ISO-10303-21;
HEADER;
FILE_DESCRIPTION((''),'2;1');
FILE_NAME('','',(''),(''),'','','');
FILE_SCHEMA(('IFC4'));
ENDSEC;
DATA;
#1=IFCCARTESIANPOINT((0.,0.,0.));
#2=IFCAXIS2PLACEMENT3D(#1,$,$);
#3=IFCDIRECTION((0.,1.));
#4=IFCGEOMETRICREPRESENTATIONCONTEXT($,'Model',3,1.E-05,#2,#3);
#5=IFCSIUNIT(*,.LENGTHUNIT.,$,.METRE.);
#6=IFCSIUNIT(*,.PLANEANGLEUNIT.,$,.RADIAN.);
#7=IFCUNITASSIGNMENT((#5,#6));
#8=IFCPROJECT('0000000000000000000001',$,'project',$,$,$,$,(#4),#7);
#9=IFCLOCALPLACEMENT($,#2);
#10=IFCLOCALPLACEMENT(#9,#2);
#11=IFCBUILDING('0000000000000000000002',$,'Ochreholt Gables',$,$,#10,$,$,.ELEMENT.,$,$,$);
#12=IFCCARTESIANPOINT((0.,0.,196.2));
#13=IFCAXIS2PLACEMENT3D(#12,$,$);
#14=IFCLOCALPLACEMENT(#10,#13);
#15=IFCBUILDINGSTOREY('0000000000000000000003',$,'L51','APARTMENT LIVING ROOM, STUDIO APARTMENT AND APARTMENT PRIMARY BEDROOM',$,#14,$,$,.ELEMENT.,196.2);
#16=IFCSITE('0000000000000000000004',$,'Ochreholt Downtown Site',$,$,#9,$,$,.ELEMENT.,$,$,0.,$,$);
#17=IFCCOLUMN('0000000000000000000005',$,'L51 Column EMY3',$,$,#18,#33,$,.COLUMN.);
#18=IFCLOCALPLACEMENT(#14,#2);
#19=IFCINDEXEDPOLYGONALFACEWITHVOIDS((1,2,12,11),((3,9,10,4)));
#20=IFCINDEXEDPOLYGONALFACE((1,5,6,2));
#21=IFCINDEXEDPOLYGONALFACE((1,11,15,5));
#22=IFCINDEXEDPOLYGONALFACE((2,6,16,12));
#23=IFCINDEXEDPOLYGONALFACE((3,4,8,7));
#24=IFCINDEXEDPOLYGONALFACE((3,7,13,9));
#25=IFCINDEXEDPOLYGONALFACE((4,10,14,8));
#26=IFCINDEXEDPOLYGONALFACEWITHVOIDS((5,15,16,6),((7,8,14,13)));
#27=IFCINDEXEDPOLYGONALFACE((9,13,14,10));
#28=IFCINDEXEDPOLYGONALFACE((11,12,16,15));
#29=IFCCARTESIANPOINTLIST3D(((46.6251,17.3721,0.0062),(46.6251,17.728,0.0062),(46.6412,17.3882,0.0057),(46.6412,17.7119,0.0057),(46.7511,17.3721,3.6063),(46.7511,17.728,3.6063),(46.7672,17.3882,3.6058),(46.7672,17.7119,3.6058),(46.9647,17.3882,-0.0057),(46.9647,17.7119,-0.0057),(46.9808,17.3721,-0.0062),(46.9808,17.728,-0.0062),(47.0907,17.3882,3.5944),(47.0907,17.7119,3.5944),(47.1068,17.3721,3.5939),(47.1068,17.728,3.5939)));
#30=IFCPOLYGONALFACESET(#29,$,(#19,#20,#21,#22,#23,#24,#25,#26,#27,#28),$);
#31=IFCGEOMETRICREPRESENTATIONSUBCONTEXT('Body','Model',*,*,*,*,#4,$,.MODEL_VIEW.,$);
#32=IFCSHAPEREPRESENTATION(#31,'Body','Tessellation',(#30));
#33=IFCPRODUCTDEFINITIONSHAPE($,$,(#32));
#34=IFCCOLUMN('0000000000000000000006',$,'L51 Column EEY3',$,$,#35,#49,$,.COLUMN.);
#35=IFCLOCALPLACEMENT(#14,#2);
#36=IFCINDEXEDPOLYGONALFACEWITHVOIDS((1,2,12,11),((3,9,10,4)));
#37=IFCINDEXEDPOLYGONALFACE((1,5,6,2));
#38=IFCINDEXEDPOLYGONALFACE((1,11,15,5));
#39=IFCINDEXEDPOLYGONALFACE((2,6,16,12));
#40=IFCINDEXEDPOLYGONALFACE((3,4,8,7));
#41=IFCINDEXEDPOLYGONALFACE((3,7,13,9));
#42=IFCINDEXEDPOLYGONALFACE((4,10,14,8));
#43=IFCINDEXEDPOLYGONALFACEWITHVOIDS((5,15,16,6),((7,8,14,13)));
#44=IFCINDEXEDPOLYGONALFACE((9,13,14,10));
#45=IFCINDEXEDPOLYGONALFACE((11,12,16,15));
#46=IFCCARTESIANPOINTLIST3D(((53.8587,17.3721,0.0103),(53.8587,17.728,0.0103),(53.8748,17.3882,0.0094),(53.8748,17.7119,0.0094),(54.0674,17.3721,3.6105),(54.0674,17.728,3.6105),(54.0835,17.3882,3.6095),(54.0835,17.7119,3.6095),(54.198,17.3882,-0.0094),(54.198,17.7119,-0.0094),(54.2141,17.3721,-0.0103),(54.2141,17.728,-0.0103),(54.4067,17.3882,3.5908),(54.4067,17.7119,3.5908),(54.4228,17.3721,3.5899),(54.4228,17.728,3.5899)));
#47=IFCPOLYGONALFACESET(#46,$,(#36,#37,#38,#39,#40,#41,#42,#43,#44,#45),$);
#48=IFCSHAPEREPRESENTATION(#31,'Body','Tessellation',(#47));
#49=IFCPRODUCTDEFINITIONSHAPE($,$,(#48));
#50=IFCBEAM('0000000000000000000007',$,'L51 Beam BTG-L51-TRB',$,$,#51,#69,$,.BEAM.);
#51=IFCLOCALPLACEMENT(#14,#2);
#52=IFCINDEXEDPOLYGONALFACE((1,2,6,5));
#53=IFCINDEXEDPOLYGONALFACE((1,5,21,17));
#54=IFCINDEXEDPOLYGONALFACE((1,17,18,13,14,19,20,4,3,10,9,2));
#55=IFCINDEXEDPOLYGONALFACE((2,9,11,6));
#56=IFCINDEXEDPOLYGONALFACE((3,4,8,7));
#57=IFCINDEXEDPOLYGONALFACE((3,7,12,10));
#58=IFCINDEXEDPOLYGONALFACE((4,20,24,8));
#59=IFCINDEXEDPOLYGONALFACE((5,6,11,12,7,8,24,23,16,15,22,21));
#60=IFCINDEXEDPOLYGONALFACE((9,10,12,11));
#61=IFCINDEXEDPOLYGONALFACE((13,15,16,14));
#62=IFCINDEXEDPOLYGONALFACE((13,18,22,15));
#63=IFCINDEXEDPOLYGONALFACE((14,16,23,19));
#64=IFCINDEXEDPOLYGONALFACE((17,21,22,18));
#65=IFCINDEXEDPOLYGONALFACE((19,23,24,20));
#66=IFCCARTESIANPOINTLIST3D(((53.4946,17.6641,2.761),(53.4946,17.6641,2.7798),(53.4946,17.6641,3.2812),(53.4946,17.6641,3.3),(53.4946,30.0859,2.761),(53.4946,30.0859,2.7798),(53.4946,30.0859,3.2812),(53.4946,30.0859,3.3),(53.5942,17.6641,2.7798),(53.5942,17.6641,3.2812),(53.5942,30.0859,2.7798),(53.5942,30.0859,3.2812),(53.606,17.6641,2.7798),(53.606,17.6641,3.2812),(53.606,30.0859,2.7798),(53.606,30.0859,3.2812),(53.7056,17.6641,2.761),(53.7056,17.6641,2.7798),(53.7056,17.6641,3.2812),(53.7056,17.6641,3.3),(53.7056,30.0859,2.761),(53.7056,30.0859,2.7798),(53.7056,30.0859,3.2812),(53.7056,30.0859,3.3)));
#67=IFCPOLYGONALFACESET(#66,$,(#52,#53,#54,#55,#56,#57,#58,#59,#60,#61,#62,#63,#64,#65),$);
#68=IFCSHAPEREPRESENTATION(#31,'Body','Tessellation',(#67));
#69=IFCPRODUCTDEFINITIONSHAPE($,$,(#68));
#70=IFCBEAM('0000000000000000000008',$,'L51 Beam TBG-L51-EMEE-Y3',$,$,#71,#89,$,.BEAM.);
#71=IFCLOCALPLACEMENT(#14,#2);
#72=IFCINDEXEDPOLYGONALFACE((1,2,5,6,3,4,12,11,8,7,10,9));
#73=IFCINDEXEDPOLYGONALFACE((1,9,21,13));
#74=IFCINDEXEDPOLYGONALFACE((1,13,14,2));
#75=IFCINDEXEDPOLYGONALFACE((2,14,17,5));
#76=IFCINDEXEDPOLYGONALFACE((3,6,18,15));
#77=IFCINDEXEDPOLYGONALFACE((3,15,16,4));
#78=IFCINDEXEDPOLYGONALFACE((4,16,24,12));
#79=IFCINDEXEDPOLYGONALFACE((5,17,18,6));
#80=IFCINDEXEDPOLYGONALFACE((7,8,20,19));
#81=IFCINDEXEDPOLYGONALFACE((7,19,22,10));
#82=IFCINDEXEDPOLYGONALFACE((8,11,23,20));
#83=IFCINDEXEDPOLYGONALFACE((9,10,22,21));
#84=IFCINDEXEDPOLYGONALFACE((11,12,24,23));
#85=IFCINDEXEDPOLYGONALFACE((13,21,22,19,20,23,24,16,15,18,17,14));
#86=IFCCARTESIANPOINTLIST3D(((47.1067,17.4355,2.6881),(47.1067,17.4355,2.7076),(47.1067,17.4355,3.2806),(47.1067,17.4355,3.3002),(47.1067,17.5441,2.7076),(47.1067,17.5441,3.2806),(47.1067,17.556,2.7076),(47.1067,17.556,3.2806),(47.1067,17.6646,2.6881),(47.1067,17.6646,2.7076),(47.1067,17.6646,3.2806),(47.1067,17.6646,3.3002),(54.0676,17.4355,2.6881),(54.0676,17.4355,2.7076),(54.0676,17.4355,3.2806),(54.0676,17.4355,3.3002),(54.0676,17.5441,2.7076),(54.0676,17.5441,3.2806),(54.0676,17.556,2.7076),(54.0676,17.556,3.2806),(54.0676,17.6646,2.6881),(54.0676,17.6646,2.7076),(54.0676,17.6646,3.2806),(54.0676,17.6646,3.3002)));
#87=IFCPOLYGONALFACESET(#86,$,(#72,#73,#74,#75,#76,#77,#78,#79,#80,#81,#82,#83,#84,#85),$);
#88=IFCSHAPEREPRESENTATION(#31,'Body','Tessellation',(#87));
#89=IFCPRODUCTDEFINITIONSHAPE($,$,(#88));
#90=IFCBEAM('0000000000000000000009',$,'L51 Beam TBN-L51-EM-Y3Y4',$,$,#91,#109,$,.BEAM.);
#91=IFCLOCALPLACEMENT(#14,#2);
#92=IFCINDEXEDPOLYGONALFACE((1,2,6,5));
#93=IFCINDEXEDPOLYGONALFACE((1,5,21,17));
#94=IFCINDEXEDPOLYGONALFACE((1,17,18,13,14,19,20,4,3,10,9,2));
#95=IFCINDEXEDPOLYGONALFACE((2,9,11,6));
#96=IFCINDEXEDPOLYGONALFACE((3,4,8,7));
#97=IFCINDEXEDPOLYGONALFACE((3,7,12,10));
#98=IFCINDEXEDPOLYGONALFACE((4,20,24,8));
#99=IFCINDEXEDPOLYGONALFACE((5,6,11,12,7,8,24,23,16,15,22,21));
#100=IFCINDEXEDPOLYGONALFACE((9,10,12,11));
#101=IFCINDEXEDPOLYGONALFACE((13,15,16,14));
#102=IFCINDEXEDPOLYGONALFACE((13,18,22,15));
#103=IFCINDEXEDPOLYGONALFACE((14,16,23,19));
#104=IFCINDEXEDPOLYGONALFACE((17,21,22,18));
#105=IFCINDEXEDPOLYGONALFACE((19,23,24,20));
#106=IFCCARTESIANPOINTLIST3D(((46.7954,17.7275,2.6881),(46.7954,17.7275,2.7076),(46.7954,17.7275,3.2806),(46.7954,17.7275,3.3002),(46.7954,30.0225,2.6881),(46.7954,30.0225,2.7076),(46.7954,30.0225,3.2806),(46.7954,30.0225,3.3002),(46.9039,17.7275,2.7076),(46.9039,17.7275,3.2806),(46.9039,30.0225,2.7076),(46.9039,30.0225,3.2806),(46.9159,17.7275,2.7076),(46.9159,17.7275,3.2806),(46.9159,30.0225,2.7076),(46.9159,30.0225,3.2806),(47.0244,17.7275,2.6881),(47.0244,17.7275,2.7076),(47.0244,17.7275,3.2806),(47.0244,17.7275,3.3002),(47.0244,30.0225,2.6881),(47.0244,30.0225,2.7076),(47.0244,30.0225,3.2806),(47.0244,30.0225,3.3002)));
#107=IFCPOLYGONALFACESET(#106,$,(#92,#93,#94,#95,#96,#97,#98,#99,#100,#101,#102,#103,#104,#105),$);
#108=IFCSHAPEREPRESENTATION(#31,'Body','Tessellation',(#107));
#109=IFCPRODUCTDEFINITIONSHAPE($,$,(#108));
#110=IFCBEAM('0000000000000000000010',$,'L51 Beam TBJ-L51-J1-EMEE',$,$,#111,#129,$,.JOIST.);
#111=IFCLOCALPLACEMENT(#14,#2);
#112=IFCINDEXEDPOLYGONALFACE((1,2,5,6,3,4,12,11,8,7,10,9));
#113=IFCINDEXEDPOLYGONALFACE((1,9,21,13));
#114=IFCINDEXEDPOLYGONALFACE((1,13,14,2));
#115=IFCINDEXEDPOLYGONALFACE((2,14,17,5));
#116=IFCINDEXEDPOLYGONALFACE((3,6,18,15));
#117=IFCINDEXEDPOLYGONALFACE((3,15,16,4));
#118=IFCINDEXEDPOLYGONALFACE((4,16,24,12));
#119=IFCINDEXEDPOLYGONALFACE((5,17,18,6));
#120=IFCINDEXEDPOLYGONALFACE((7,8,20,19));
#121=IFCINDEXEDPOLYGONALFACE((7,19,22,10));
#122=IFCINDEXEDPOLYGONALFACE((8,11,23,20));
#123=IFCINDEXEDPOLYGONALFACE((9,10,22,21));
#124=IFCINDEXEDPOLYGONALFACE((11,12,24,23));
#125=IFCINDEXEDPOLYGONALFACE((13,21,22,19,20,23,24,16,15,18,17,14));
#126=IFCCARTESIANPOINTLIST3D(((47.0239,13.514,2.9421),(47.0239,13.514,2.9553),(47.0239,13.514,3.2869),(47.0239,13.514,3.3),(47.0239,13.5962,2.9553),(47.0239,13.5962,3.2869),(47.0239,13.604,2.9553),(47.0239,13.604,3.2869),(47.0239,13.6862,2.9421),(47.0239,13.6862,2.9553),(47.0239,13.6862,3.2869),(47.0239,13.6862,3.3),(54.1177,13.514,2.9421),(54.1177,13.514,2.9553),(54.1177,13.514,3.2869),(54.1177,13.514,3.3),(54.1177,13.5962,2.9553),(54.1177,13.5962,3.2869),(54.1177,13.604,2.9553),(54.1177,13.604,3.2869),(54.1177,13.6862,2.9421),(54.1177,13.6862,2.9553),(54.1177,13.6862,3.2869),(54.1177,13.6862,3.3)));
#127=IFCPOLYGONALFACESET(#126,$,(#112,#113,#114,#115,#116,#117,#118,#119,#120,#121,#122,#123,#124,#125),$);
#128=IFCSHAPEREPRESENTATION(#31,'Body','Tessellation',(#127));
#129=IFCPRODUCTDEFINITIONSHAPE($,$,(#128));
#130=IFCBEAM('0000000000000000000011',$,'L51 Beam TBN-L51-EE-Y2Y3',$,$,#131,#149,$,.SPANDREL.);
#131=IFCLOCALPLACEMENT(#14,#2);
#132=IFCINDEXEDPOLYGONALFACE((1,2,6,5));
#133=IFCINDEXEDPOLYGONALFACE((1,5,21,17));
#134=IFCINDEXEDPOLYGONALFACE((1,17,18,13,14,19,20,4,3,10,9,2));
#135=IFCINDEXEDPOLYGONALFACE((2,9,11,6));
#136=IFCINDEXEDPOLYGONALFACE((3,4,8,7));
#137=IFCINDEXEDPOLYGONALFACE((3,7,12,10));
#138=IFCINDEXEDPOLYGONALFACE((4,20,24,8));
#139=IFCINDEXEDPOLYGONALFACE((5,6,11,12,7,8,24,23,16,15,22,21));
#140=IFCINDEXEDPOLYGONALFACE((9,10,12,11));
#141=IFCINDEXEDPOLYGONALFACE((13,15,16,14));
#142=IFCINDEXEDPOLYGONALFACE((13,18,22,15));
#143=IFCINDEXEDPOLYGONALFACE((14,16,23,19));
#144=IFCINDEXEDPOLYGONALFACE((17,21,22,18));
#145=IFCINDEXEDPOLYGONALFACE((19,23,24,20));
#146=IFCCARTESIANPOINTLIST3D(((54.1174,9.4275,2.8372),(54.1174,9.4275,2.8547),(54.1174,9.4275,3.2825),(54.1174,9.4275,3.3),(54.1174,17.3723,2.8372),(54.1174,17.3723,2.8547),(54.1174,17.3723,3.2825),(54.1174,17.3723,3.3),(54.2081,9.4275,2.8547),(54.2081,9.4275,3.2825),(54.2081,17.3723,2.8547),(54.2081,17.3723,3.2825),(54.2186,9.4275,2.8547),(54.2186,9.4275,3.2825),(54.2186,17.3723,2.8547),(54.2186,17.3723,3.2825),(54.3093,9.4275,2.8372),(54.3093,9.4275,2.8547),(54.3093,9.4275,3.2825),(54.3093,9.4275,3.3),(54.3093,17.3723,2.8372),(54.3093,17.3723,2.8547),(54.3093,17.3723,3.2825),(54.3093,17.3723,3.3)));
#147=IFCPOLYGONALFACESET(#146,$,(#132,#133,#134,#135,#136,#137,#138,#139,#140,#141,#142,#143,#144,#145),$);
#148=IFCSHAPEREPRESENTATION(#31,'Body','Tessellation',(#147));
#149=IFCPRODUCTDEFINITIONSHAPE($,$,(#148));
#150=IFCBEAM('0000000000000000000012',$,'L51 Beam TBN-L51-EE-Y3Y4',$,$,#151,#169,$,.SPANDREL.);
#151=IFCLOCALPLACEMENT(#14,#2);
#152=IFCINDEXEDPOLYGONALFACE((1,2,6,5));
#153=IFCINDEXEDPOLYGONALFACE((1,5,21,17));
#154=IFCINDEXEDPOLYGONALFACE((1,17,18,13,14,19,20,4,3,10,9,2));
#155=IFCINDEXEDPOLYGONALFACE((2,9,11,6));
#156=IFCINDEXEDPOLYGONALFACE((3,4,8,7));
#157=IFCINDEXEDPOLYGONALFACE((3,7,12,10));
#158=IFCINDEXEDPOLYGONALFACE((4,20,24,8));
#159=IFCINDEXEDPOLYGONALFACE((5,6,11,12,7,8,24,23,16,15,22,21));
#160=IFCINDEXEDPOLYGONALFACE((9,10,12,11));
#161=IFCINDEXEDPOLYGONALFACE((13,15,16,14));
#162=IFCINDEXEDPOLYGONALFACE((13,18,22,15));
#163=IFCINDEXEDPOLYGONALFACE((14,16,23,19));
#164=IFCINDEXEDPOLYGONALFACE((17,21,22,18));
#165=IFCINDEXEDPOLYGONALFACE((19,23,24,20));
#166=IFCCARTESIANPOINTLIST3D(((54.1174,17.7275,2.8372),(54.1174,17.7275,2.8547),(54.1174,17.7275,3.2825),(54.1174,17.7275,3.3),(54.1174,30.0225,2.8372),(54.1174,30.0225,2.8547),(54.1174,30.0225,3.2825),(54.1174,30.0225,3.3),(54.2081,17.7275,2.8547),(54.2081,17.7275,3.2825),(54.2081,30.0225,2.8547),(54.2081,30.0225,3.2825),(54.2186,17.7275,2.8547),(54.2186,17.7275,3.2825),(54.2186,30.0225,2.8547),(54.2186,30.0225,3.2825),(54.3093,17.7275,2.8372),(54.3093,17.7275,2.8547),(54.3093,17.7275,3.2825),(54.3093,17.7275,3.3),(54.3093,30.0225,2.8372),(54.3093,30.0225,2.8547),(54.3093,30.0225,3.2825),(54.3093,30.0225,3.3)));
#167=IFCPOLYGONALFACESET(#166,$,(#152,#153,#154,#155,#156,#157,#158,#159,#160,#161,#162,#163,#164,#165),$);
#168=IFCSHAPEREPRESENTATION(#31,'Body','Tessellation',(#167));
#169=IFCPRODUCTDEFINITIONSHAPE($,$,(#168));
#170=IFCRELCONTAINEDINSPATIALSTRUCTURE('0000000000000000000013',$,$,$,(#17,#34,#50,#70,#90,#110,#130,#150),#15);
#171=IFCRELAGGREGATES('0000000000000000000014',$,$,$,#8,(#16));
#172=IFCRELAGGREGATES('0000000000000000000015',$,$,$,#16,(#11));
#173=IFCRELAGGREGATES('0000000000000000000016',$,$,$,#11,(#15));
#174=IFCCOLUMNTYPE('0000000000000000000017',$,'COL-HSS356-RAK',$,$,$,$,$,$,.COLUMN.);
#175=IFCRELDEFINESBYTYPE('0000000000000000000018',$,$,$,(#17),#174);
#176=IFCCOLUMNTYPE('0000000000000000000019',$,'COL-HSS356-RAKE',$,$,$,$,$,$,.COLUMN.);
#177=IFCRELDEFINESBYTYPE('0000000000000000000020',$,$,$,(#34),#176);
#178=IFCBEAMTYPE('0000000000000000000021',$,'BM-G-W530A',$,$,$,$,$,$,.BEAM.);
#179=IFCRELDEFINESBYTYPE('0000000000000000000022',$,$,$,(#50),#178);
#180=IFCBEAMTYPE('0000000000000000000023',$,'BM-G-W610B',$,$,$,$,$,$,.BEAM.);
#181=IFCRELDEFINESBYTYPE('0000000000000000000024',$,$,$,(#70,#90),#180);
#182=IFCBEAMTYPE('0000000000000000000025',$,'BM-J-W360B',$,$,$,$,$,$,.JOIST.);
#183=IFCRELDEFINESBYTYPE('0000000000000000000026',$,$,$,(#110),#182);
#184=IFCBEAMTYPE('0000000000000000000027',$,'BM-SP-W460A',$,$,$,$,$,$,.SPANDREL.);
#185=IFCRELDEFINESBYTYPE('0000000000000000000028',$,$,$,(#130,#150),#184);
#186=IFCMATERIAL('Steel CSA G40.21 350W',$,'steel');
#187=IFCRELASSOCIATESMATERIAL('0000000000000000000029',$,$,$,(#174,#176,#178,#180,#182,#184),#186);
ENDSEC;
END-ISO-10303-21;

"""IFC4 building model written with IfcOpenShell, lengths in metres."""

from ifc_helpers import new_model, si_unit, direction, frame, origin, origin_2d, place, context, subcontext, project, spatial, hollow_rectangle, i_section, extrude, material, material_profile, profile_set, type_object, element, save


model = new_model("IFC4")

# Units and contexts
model_context = context("Model", 3, precision=1e-05, world=origin(), true_north=direction((0.0, 1.0)))
body_context = subcontext(model_context, "Body", "Model", "MODEL_VIEW")
ifc_project = project(units=[si_unit("LENGTHUNIT", "METRE"), si_unit("PLANEANGLEUNIT", "RADIAN")], contexts=[model_context])

# Site, building, storey
site_placement = place(None, origin())
site = spatial("IfcSite", under=ifc_project, at=site_placement, Name="Ochreholt Downtown Site", CompositionType="ELEMENT", RefElevation=0.0)
building_placement = place(site_placement, origin())
building = spatial("IfcBuilding", under=site, at=building_placement, Name="Ochreholt Gables", CompositionType="ELEMENT")
storey_placement = place(building_placement, frame((0.0, 0.0, 196.2)))
storey = spatial("IfcBuildingStorey", under=building, at=storey_placement, Name="L51", Description="APARTMENT LIVING ROOM, STUDIO APARTMENT AND APARTMENT PRIMARY BEDROOM", CompositionType="ELEMENT", Elevation=196.2)

# Columns
ifc_material_1 = material(Name="Steel CSA G40.21 350W", Category="steel")
ifc_material_profile_1 = material_profile(ifc_material_1, hollow_rectangle(XDim=0.356, YDim=0.356, WallThickness=0.0161, at=origin_2d()), Name="HSS356X356X16")
ifc_profile_set_1 = profile_set([ifc_material_profile_1], Name="Steel CSA G40.21 350W")
column_type_1 = type_object("IfcColumnType", Name="COL-HSS356-RAK", PredefinedType="COLUMN", material=ifc_profile_set_1)
column_1_placement = place(storey_placement, frame((46.803, 17.55, 0.0), z_axis=(0.034971, 0.0, 0.999388), x_axis=(0.0, 1.0, 0.0)))
element("IfcColumn", 1, at=column_1_placement, inside=storey, type_object=column_type_1, Name="L51 Column EMY3", PredefinedType="COLUMN", context=body_context, shape_type="SweptSolid", body=[
    extrude(hollow_rectangle(XDim=0.356, YDim=0.356, WallThickness=0.0161, at=origin_2d()), origin(), (0.0, 0.0, 1.0), 3.6023),
])
ifc_material_profile_2 = material_profile(ifc_material_1, hollow_rectangle(XDim=0.356, YDim=0.356, WallThickness=0.0161, at=origin_2d()), Name="HSS356X356X16")
ifc_profile_set_2 = profile_set([ifc_material_profile_2], Name="Steel CSA G40.21 350W")
column_type_2 = type_object("IfcColumnType", Name="COL-HSS356-RAKE", PredefinedType="COLUMN", material=ifc_profile_set_2)
column_2_placement = place(storey_placement, frame((54.0364, 17.55, 0.0), z_axis=(0.057885, 0.0, 0.998323), x_axis=(0.0, 1.0, 0.0)))
element("IfcColumn", 2, at=column_2_placement, inside=storey, type_object=column_type_2, Name="L51 Column EEY3", PredefinedType="COLUMN", context=body_context, shape_type="SweptSolid", body=[
    extrude(hollow_rectangle(XDim=0.356, YDim=0.356, WallThickness=0.0161, at=origin_2d()), origin(), (0.0, 0.0, 1.0), 3.6062),
])

# Beams
ifc_material_profile_3 = material_profile(ifc_material_1, i_section(OverallWidth=0.2109, OverallDepth=0.5391, WebThickness=0.0117, FlangeThickness=0.0188, at=origin_2d()), Name="W530X109")
ifc_profile_set_3 = profile_set([ifc_material_profile_3], Name="Steel CSA G40.21 350W")
beam_type_1 = type_object("IfcBeamType", Name="BM-G-W530A", PredefinedType="BEAM", material=ifc_profile_set_3)
beam_1_placement = place(storey_placement, frame((53.6001, 17.6641, 3.0305), z_axis=(0.0, 1.0, 0.0), x_axis=(-1.0, 0.0, 0.0)))
element("IfcBeam", 3, at=beam_1_placement, inside=storey, type_object=beam_type_1, Name="L51 Beam BTG-L51-TRB", PredefinedType="BEAM", context=body_context, shape_type="SweptSolid", body=[
    extrude(i_section(OverallWidth=0.2109, OverallDepth=0.5391, WebThickness=0.0117, FlangeThickness=0.0188, at=origin_2d()), origin(), (0.0, 0.0, 1.0), 12.4219),
])
ifc_material_profile_4 = material_profile(ifc_material_1, i_section(OverallWidth=0.229, OverallDepth=0.6121, WebThickness=0.012, FlangeThickness=0.0195, at=origin_2d()), Name="W610X125")
ifc_profile_set_4 = profile_set([ifc_material_profile_4], Name="Steel CSA G40.21 350W")
beam_type_2 = type_object("IfcBeamType", Name="BM-G-W610B", PredefinedType="BEAM", material=ifc_profile_set_4)
beam_2_placement = place(storey_placement, frame((47.1067, 17.55, 2.9941), z_axis=(1.0, 0.0, 0.0), x_axis=(0.0, 1.0, 0.0)))
element("IfcBeam", 4, at=beam_2_placement, inside=storey, type_object=beam_type_2, Name="L51 Beam TBG-L51-EMEE-Y3", PredefinedType="BEAM", context=body_context, shape_type="SweptSolid", body=[
    extrude(i_section(OverallWidth=0.229, OverallDepth=0.6121, WebThickness=0.012, FlangeThickness=0.0195, at=origin_2d()), origin(), (0.0, 0.0, 1.0), 6.9609),
])
beam_3_placement = place(storey_placement, frame((46.9099, 17.7275, 2.9941), z_axis=(0.0, 1.0, 0.0), x_axis=(-1.0, 0.0, 0.0)))
element("IfcBeam", 5, at=beam_3_placement, inside=storey, type_object=beam_type_2, Name="L51 Beam TBN-L51-EM-Y3Y4", PredefinedType="BEAM", context=body_context, shape_type="SweptSolid", body=[
    extrude(i_section(OverallWidth=0.229, OverallDepth=0.6121, WebThickness=0.012, FlangeThickness=0.0195, at=origin_2d()), origin(), (0.0, 0.0, 1.0), 12.2949),
])
ifc_material_profile_5 = material_profile(ifc_material_1, i_section(OverallWidth=0.1721, OverallDepth=0.3579, WebThickness=0.0078, FlangeThickness=0.0132, at=origin_2d()), Name="W360X57")
ifc_profile_set_5 = profile_set([ifc_material_profile_5], Name="Steel CSA G40.21 350W")
beam_type_3 = type_object("IfcBeamType", Name="BM-J-W360B", PredefinedType="JOIST", material=ifc_profile_set_5)
beam_4_placement = place(storey_placement, frame((47.0239, 13.6001, 3.1211), z_axis=(1.0, 0.0, 0.0), x_axis=(0.0, 1.0, 0.0)))
element("IfcBeam", 6, at=beam_4_placement, inside=storey, type_object=beam_type_3, Name="L51 Beam TBJ-L51-J1-EMEE", PredefinedType="JOIST", context=body_context, shape_type="SweptSolid", body=[
    extrude(i_section(OverallWidth=0.1721, OverallDepth=0.3579, WebThickness=0.0078, FlangeThickness=0.0132, at=origin_2d()), origin(), (0.0, 0.0, 1.0), 7.0938),
])
ifc_material_profile_6 = material_profile(ifc_material_1, i_section(OverallWidth=0.1919, OverallDepth=0.4629, WebThickness=0.0105, FlangeThickness=0.0176, at=origin_2d()), Name="W460X89")
ifc_profile_set_6 = profile_set([ifc_material_profile_6], Name="Steel CSA G40.21 350W")
beam_type_4 = type_object("IfcBeamType", Name="BM-SP-W460A", PredefinedType="SPANDREL", material=ifc_profile_set_6)
beam_5_placement = place(storey_placement, frame((54.2134, 9.4275, 3.0686), z_axis=(0.0, 1.0, 0.0), x_axis=(-1.0, 0.0, 0.0)))
element("IfcBeam", 7, at=beam_5_placement, inside=storey, type_object=beam_type_4, Name="L51 Beam TBN-L51-EE-Y2Y3", PredefinedType="SPANDREL", context=body_context, shape_type="SweptSolid", body=[
    extrude(i_section(OverallWidth=0.1919, OverallDepth=0.4629, WebThickness=0.0105, FlangeThickness=0.0176, at=origin_2d()), origin(), (0.0, 0.0, 1.0), 7.9448),
])
beam_6_placement = place(storey_placement, frame((54.2134, 17.7275, 3.0686), z_axis=(0.0, 1.0, 0.0), x_axis=(-1.0, 0.0, 0.0)))
element("IfcBeam", 8, at=beam_6_placement, inside=storey, type_object=beam_type_4, Name="L51 Beam TBN-L51-EE-Y3Y4", PredefinedType="SPANDREL", context=body_context, shape_type="SweptSolid", body=[
    extrude(i_section(OverallWidth=0.1919, OverallDepth=0.4629, WebThickness=0.0105, FlangeThickness=0.0176, at=origin_2d()), origin(), (0.0, 0.0, 1.0), 12.2949),
])

save(model, "model.ifc")
